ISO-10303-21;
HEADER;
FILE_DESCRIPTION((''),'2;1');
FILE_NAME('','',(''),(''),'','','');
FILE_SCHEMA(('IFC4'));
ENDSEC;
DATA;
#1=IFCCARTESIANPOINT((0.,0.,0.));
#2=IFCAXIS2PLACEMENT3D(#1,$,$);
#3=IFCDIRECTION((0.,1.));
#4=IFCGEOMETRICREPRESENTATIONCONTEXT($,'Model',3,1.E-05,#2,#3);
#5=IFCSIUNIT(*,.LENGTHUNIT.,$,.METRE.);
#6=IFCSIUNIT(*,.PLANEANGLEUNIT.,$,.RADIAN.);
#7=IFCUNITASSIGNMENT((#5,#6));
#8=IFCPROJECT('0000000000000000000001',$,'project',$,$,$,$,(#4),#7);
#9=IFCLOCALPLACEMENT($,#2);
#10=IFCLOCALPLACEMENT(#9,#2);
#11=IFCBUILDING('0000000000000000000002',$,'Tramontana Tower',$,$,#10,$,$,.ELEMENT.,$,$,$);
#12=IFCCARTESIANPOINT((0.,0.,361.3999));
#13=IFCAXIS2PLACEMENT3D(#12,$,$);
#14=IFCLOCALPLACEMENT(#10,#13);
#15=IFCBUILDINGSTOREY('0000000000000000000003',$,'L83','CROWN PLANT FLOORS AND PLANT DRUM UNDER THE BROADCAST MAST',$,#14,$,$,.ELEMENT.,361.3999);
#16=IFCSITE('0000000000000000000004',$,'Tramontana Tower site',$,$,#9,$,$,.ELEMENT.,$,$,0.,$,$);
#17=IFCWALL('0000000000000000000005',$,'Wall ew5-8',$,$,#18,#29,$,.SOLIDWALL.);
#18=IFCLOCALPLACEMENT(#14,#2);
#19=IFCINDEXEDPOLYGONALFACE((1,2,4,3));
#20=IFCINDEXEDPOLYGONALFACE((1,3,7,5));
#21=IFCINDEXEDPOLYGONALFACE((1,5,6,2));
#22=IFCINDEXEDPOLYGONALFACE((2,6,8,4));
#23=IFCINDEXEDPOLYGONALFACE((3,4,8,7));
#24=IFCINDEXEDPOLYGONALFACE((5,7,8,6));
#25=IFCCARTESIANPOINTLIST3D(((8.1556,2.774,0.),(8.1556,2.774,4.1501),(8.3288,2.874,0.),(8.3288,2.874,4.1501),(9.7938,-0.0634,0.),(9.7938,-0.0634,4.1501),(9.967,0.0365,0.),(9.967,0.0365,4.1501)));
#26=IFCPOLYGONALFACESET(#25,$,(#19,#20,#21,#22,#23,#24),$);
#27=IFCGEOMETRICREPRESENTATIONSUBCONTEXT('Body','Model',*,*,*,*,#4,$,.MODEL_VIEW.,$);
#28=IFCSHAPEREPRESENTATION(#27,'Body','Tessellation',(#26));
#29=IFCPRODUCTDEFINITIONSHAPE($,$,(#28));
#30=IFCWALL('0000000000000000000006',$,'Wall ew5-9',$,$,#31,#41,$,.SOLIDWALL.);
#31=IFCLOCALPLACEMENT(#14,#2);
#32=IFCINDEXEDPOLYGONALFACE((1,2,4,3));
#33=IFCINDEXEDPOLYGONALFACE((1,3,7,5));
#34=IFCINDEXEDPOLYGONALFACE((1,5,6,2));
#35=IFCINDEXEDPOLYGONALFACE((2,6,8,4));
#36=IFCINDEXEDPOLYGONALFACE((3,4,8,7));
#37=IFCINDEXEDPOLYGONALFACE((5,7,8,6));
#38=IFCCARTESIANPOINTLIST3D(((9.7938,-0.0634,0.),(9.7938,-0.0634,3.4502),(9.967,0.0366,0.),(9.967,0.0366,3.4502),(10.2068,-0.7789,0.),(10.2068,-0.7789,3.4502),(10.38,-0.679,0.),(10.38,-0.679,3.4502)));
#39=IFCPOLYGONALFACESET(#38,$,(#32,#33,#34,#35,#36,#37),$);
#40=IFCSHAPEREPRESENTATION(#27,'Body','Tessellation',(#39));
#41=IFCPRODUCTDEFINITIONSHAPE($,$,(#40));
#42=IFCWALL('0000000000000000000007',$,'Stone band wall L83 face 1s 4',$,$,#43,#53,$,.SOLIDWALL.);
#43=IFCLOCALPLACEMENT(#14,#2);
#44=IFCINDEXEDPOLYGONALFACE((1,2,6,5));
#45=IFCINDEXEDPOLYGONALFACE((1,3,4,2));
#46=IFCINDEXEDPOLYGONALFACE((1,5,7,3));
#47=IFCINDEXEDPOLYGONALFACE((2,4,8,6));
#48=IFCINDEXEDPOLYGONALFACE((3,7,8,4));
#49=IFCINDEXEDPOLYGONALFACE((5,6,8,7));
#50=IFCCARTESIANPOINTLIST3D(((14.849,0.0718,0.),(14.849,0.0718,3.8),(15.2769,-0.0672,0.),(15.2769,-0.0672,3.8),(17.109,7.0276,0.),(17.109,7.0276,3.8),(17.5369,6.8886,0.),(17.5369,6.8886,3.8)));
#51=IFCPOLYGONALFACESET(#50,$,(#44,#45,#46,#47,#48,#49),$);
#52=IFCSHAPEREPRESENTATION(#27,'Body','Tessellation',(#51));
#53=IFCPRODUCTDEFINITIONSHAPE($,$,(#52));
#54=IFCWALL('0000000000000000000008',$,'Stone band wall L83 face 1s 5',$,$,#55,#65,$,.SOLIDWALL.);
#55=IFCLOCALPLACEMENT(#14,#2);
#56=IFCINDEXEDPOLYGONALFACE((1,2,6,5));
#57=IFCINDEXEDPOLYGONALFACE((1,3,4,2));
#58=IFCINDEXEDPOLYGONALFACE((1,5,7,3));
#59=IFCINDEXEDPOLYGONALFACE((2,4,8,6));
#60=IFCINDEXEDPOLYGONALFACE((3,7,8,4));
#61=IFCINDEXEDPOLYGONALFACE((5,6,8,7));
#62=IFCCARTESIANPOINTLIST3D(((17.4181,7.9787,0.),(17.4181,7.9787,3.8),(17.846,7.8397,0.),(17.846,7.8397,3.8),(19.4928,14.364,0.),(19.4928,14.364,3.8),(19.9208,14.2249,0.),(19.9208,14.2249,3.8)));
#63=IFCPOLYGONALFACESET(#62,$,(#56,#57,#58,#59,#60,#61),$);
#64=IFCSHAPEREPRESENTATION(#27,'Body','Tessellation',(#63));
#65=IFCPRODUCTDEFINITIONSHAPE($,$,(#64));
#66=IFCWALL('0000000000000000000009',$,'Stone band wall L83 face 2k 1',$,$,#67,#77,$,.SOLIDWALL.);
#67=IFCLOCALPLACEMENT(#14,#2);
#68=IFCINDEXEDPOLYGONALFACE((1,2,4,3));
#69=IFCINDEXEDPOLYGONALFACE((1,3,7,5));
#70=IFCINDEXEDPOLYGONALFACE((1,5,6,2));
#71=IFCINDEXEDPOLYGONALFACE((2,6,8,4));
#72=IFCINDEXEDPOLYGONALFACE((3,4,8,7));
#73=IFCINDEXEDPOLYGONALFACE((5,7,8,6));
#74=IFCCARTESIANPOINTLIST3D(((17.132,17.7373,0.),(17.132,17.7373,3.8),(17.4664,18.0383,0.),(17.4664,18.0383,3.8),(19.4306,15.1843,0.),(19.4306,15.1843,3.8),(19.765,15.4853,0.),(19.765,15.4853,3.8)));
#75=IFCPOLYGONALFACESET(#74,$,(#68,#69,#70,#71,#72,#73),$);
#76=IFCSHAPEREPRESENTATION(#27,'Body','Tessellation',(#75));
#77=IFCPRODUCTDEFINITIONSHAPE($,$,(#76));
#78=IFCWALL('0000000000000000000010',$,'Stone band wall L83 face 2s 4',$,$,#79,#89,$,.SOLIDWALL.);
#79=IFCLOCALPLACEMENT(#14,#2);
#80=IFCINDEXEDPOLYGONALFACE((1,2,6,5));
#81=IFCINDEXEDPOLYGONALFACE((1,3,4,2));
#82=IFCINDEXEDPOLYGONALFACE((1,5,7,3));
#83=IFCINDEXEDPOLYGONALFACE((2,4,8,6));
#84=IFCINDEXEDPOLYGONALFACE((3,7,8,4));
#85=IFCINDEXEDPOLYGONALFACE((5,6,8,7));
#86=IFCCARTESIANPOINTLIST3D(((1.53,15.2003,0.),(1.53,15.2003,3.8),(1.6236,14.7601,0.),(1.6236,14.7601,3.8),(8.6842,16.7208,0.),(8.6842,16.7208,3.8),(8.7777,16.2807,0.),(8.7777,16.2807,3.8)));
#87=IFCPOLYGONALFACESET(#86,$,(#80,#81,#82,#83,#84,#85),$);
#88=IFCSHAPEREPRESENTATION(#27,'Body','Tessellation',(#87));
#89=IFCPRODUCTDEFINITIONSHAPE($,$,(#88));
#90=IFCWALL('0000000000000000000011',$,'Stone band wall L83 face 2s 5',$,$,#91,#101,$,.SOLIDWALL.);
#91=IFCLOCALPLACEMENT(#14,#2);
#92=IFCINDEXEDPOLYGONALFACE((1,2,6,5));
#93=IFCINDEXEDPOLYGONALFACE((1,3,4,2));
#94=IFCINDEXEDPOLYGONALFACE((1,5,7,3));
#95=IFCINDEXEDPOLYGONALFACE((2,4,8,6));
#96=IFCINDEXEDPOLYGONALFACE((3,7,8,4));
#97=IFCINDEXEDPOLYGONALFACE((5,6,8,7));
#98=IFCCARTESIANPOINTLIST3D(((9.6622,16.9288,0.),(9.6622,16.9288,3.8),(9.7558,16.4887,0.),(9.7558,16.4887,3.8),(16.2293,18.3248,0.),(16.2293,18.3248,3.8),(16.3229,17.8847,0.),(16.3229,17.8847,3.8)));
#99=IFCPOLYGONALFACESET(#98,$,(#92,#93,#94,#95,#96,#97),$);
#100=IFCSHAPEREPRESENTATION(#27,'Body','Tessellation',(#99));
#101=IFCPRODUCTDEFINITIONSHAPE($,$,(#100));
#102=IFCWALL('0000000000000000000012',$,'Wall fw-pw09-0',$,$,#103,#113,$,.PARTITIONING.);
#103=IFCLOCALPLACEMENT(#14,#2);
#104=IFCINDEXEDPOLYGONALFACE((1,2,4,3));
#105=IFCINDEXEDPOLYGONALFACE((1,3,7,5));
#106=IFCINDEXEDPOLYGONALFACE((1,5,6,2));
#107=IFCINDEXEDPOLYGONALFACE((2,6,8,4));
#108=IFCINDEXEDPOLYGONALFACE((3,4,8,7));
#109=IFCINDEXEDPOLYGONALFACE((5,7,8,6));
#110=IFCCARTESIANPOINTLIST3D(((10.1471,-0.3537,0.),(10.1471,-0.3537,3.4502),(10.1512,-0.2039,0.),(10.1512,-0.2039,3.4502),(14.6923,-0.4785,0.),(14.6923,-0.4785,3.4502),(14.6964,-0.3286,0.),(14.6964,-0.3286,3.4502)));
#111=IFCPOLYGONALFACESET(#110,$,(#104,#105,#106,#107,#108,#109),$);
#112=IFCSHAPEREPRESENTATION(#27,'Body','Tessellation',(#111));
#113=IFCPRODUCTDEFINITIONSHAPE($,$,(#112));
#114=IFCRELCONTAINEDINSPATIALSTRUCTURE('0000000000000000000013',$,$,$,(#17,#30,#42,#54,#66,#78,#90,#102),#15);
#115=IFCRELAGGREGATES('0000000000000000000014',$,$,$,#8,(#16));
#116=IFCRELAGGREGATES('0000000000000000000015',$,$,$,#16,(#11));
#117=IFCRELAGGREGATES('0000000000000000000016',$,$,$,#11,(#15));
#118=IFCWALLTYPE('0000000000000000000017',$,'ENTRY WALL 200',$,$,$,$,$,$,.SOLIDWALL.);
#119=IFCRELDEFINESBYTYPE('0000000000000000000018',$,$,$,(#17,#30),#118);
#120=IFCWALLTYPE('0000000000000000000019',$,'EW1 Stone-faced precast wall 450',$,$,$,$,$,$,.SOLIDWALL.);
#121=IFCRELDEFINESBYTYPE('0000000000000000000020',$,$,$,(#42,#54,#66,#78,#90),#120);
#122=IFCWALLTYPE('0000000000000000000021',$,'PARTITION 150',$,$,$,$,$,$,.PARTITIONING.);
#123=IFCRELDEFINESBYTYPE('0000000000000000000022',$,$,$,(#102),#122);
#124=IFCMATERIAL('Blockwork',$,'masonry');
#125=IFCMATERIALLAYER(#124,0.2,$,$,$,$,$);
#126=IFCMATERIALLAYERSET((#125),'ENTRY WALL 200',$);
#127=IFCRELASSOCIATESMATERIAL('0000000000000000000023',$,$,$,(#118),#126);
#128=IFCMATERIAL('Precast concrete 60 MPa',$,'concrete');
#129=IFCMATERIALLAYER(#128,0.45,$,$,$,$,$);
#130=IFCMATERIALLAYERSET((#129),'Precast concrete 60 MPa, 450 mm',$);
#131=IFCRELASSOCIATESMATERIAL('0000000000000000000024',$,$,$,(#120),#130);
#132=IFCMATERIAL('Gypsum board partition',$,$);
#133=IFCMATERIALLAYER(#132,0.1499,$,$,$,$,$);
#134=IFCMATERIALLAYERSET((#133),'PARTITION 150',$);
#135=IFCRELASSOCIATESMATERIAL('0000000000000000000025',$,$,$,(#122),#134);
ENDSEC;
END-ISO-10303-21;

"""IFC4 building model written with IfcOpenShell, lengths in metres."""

from ifc_helpers import new_model, si_unit, direction, frame, frame_2d, origin, place, context, subcontext, project, spatial, rectangle, extrude, material, layer, layer_set, type_object, element, save


model = new_model("IFC4")

# Units and contexts
model_context = context("Model", 3, precision=1e-05, world=origin(), true_north=direction((0.0, 1.0)))
body_context = subcontext(model_context, "Body", "Model", "MODEL_VIEW")
ifc_project = project(units=[si_unit("LENGTHUNIT", "METRE"), si_unit("PLANEANGLEUNIT", "RADIAN")], contexts=[model_context])

# Site, building, storey
site_placement = place(None, origin())
site = spatial("IfcSite", under=ifc_project, at=site_placement, Name="Tramontana Tower site", CompositionType="ELEMENT", RefElevation=0.0)
building_placement = place(site_placement, origin())
building = spatial("IfcBuilding", under=site, at=building_placement, Name="Tramontana Tower", CompositionType="ELEMENT")
storey_placement = place(building_placement, frame((0.0, 0.0, 361.3999)))
storey = spatial("IfcBuildingStorey", under=building, at=storey_placement, Name="L83", Description="CROWN PLANT FLOORS AND PLANT DRUM UNDER THE BROADCAST MAST", CompositionType="ELEMENT", Elevation=361.3999)

# Shared definitions
ifc_material_1 = material(Name="Blockwork", Category="masonry")
ifc_layer_1 = layer(ifc_material_1, 0.2)
ifc_layer_set_1 = layer_set([ifc_layer_1], Name="ENTRY WALL 200")
wall_type_1 = type_object("IfcWallType", Name="ENTRY WALL 200", PredefinedType="SOLIDWALL", material=ifc_layer_set_1)

# Walls
wall_1_placement = place(storey_placement, frame((8.2422, 2.824, 0.0), z_axis=(0.0, 0.0, 1.0), x_axis=(0.500002, -0.866024, 0.0)))
element("IfcWall", 1, at=wall_1_placement, inside=storey, type_object=wall_type_1, Name="Wall ew5-8", PredefinedType="SOLIDWALL", context=body_context, shape_type="SweptSolid", body=[
    extrude(rectangle(XDim=3.2764, YDim=0.2, at=frame_2d((1.6382, 0.0))), origin(), (0.0, 0.0, 1.0), 4.1501),
])
wall_2_placement = place(storey_placement, frame((9.8804, -0.0134, 0.0), z_axis=(0.0, 0.0, 1.0), x_axis=(0.499953, -0.866053, 0.0)))
element("IfcWall", 2, at=wall_2_placement, inside=storey, type_object=wall_type_1, Name="Wall ew5-9", PredefinedType="SOLIDWALL", context=body_context, shape_type="SweptSolid", body=[
    extrude(rectangle(XDim=0.8262, YDim=0.2, at=frame_2d((0.4131, 0.0))), origin(), (0.0, 0.0, 1.0), 3.4502),
])
ifc_material_2 = material(Name="Precast concrete 60 MPa", Category="concrete")
ifc_layer_2 = layer(ifc_material_2, 0.45)
ifc_layer_set_2 = layer_set([ifc_layer_2], Name="Precast concrete 60 MPa, 450 mm")
wall_type_2 = type_object("IfcWallType", Name="EW1 Stone-faced precast wall 450", PredefinedType="SOLIDWALL", material=ifc_layer_set_2)
wall_3_placement = place(storey_placement, frame((15.063, 0.0024, 0.0), z_axis=(0.0, 0.0, 1.0), x_axis=(0.309008, 0.951059, 0.0)))
element("IfcWall", 3, at=wall_3_placement, inside=storey, type_object=wall_type_2, Name="Stone band wall L83 face 1s 4", PredefinedType="SOLIDWALL", context=body_context, shape_type="SweptSolid", body=[
    extrude(rectangle(XDim=7.3137, YDim=0.45, at=frame_2d((3.6567, 0.0))), origin(), (0.0, 0.0, 1.0), 3.8),
])
wall_4_placement = place(storey_placement, frame((17.6321, 7.9092, 0.0), z_axis=(0.0, 0.0, 1.0), x_axis=(0.309019, 0.951056, 0.0)))
element("IfcWall", 4, at=wall_4_placement, inside=storey, type_object=wall_type_2, Name="Stone band wall L83 face 1s 5", PredefinedType="SOLIDWALL", context=body_context, shape_type="SweptSolid", body=[
    extrude(rectangle(XDim=6.7139, YDim=0.45, at=frame_2d((3.3569, 0.0))), origin(), (0.0, 0.0, 1.0), 3.8),
])
wall_5_placement = place(storey_placement, frame((19.5979, 15.3347, 0.0), z_axis=(0.0, 0.0, 1.0), x_axis=(-0.66911, 0.743163, 0.0)))
element("IfcWall", 5, at=wall_5_placement, inside=storey, type_object=wall_type_2, Name="Stone band wall L83 face 2k 1", PredefinedType="SOLIDWALL", context=body_context, shape_type="SweptSolid", body=[
    extrude(rectangle(XDim=3.4353, YDim=0.45, at=frame_2d((1.7178, 0.0))), origin(), (0.0, 0.0, 1.0), 3.8),
])
wall_6_placement = place(storey_placement, frame((8.731, 16.5007, 0.0), z_axis=(0.0, 0.0, 1.0), x_axis=(-0.978151, -0.207894, 0.0)))
element("IfcWall", 6, at=wall_6_placement, inside=storey, type_object=wall_type_2, Name="Stone band wall L83 face 2s 4", PredefinedType="SOLIDWALL", context=body_context, shape_type="SweptSolid", body=[
    extrude(rectangle(XDim=7.314, YDim=0.45, at=frame_2d((3.657, 0.0))), origin(), (0.0, 0.0, 1.0), 3.8),
])
wall_7_placement = place(storey_placement, frame((16.2761, 18.1047, 0.0), z_axis=(0.0, 0.0, 1.0), x_axis=(-0.978144, -0.207927, 0.0)))
element("IfcWall", 7, at=wall_7_placement, inside=storey, type_object=wall_type_2, Name="Stone band wall L83 face 2s 5", PredefinedType="SOLIDWALL", context=body_context, shape_type="SweptSolid", body=[
    extrude(rectangle(XDim=6.7139, YDim=0.45, at=frame_2d((3.3569, 0.0))), origin(), (0.0, 0.0, 1.0), 3.8),
])
ifc_material_3 = material(Name="Gypsum board partition")
ifc_layer_3 = layer(ifc_material_3, 0.1499)
ifc_layer_set_3 = layer_set([ifc_layer_3], Name="PARTITION 150")
wall_type_3 = type_object("IfcWallType", Name="PARTITION 150", PredefinedType="PARTITIONING", material=ifc_layer_set_3)
wall_8_placement = place(storey_placement, frame((14.6943, -0.4036, 0.0), z_axis=(0.0, 0.0, 1.0), x_axis=(-0.999624, 0.027438, 0.0)))
element("IfcWall", 8, at=wall_8_placement, inside=storey, type_object=wall_type_3, Name="Wall fw-pw09-0", PredefinedType="PARTITIONING", context=body_context, shape_type="SweptSolid", body=[
    extrude(rectangle(XDim=4.5469, YDim=0.1499, at=frame_2d((2.2734, 0.0))), origin(), (0.0, 0.0, 1.0), 3.4502),
])

save(model, "model.ifc")
